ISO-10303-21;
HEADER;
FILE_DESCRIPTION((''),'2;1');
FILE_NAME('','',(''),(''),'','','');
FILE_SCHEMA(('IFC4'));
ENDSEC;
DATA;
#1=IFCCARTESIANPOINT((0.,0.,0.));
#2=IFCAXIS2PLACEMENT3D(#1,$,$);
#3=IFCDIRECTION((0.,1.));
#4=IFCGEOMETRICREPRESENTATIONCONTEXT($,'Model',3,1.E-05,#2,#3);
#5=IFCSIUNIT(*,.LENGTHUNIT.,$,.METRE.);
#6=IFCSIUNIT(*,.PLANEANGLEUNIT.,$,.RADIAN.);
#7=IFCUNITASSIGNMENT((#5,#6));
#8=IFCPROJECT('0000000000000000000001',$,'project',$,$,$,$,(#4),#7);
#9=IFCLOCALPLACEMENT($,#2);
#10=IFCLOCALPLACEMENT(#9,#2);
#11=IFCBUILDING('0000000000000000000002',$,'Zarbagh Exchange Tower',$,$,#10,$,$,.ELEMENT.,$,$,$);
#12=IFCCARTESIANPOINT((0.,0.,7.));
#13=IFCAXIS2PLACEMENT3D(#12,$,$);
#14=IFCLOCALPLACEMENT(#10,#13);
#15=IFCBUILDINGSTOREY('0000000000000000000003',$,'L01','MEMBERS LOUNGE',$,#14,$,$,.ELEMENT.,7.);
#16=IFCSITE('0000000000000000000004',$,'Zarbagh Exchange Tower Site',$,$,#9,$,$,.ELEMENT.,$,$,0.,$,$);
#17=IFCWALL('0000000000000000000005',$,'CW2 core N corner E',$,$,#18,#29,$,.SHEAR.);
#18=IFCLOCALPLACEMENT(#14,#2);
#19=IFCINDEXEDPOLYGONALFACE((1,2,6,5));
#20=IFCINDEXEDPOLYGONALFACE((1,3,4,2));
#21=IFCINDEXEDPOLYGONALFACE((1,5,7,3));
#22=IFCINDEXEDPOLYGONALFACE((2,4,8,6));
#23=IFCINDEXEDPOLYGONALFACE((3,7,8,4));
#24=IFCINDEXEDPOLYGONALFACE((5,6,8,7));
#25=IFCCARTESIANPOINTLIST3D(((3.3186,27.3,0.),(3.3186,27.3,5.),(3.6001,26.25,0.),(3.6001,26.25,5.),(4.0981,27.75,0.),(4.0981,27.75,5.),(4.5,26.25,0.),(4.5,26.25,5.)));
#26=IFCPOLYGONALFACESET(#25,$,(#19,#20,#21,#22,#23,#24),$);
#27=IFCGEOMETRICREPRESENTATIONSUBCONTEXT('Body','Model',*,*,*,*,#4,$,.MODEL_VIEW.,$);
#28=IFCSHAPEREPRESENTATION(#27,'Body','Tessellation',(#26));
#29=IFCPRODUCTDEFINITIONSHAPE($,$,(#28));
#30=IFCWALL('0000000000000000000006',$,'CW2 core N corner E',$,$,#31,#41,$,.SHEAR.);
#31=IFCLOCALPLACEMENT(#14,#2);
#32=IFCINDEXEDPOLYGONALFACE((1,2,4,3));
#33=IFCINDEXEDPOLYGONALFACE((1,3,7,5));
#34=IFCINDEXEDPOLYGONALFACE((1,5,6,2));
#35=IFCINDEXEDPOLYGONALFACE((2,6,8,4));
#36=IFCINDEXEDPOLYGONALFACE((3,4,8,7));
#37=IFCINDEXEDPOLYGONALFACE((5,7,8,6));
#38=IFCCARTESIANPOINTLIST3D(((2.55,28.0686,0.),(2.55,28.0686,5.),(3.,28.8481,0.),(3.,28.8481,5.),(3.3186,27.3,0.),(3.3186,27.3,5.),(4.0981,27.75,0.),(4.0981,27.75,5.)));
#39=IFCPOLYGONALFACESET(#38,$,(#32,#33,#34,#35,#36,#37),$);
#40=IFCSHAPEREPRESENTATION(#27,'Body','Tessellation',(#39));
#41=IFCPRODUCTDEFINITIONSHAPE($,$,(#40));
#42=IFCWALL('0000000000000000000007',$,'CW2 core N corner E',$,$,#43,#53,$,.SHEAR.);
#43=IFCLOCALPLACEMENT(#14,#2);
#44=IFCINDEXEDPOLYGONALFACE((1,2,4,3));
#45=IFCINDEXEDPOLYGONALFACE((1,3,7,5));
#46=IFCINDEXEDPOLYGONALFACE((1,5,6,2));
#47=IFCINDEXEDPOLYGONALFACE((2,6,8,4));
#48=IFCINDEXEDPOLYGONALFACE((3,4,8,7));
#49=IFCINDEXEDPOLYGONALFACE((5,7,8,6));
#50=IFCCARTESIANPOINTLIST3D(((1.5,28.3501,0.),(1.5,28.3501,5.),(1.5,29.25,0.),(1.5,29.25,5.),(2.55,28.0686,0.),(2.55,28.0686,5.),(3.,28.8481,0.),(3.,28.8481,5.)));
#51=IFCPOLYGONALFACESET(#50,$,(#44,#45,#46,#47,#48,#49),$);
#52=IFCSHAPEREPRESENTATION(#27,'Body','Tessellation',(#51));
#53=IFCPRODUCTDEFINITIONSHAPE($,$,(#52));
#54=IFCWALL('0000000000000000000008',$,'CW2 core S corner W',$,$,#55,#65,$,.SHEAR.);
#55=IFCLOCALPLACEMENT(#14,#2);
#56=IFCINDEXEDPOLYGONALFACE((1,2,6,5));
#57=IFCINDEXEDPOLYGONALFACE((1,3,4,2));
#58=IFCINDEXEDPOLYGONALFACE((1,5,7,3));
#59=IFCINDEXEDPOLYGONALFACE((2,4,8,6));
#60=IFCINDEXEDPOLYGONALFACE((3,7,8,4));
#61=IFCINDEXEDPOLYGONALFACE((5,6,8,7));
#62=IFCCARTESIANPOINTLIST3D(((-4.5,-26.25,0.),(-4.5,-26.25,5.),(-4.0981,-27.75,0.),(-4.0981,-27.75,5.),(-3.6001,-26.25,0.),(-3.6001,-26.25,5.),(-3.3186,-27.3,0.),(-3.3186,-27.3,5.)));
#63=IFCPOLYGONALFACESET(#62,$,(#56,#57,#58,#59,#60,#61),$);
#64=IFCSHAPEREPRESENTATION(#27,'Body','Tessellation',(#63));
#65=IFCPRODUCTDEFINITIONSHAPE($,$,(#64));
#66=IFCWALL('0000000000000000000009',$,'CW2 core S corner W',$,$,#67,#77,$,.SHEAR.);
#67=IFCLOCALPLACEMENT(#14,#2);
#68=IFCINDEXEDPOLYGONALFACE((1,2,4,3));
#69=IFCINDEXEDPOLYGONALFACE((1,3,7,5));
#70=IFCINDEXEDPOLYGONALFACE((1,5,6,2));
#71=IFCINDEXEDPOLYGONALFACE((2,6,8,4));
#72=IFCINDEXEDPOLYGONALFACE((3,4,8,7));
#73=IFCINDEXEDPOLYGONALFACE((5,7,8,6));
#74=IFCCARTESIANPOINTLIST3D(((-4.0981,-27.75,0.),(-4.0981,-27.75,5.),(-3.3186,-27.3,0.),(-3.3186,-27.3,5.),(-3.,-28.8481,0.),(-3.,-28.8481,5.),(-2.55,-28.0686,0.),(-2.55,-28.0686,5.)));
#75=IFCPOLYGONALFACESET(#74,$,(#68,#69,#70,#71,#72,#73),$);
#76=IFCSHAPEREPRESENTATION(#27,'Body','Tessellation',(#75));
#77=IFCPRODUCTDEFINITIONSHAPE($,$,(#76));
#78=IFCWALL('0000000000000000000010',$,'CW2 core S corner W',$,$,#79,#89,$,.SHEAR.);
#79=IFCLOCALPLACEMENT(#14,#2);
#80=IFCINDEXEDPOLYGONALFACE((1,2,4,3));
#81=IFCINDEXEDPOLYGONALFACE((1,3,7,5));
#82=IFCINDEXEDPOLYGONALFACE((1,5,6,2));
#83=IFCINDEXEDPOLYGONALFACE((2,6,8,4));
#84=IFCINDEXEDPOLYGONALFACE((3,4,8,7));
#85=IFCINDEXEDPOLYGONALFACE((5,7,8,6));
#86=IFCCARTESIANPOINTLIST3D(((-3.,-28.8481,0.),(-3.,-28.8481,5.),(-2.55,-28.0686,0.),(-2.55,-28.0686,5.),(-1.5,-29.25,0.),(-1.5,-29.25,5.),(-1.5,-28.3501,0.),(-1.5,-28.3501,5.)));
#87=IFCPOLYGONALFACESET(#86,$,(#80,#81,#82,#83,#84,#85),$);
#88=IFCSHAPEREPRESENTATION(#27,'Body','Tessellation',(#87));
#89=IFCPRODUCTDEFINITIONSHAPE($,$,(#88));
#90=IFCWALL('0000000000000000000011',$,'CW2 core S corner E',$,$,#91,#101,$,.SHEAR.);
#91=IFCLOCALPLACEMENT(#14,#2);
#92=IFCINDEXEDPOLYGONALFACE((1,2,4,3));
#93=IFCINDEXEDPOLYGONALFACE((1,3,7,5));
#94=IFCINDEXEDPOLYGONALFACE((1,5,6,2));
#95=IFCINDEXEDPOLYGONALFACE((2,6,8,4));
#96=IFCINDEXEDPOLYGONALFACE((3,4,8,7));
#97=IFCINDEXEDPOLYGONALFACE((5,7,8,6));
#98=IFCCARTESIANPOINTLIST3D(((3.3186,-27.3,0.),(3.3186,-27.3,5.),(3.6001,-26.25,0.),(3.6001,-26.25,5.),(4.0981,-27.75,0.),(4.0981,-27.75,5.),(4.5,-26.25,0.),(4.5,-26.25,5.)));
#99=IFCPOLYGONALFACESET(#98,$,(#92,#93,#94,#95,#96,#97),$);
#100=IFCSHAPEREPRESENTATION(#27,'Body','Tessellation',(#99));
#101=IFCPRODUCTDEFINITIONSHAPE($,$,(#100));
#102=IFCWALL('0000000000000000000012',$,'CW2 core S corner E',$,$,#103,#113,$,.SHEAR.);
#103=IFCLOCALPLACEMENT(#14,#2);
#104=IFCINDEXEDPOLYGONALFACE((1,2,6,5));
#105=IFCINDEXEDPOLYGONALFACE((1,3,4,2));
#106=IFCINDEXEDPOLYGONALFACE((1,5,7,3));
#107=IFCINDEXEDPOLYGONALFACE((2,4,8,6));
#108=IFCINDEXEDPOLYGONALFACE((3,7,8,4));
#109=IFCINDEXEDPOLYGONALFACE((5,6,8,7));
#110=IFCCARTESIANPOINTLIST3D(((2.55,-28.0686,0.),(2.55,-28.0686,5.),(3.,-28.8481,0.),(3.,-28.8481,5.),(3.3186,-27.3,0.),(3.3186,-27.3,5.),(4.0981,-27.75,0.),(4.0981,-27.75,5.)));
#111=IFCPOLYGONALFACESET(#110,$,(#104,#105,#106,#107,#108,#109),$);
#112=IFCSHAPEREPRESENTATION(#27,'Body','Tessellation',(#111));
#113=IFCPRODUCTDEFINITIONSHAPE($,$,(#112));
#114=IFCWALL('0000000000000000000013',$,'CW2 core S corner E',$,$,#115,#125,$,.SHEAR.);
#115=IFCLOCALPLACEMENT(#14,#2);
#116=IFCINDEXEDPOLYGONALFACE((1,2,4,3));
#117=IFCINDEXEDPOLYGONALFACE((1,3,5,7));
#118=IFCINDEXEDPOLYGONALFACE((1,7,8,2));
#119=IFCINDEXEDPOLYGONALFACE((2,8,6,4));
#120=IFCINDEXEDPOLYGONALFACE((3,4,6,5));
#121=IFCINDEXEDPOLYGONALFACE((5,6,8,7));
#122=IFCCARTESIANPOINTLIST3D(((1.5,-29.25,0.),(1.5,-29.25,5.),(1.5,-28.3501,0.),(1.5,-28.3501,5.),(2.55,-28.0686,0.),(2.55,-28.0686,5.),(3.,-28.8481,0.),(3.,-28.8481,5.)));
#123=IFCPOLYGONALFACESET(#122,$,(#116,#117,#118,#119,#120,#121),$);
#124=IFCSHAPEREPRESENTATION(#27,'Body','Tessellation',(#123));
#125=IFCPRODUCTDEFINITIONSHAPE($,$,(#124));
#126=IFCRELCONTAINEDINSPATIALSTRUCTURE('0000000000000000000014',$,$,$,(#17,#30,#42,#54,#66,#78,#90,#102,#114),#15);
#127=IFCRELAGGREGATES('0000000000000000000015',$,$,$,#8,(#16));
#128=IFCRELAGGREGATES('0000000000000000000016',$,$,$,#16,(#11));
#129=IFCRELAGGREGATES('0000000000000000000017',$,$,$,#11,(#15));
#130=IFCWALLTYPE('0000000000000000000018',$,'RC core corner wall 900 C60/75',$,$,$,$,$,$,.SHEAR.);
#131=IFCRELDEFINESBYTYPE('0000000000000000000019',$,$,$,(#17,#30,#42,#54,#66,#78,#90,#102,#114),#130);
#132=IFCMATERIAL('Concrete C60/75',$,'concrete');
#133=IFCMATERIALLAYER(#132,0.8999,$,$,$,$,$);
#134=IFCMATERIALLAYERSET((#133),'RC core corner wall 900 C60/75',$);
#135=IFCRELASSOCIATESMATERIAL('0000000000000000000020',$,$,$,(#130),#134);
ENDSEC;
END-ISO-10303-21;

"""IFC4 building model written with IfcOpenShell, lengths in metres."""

from ifc_helpers import new_model, si_unit, direction, frame, origin, place, context, subcontext, project, spatial, polyline, outline, extrude, material, layer, layer_set, type_object, element, save


model = new_model("IFC4")

# Units and contexts
model_context = context("Model", 3, precision=1e-05, world=origin(), true_north=direction((0.0, 1.0)))
body_context = subcontext(model_context, "Body", "Model", "MODEL_VIEW")
ifc_project = project(units=[si_unit("LENGTHUNIT", "METRE"), si_unit("PLANEANGLEUNIT", "RADIAN")], contexts=[model_context])

# Site, building, storey
site_placement = place(None, origin())
site = spatial("IfcSite", under=ifc_project, at=site_placement, Name="Zarbagh Exchange Tower Site", CompositionType="ELEMENT", RefElevation=0.0)
building_placement = place(site_placement, origin())
building = spatial("IfcBuilding", under=site, at=building_placement, Name="Zarbagh Exchange Tower", CompositionType="ELEMENT")
storey_placement = place(building_placement, frame((0.0, 0.0, 7.0)))
storey = spatial("IfcBuildingStorey", under=building, at=storey_placement, Name="L01", Description="MEMBERS LOUNGE", CompositionType="ELEMENT", Elevation=7.0)

# Shared definitions
ifc_material_1 = material(Name="Concrete C60/75", Category="concrete")

# Walls
ifc_layer_1 = layer(ifc_material_1, 0.8999)
ifc_layer_set_1 = layer_set([ifc_layer_1], Name="RC core corner wall 900 C60/75")
wall_type_1 = type_object("IfcWallType", Name="RC core corner wall 900 C60/75", PredefinedType="SHEAR", material=ifc_layer_set_1)
wall_1_placement = place(storey_placement, origin())
element("IfcWall", 1, at=wall_1_placement, inside=storey, type_object=wall_type_1, Name="CW2 core N corner E", PredefinedType="SHEAR", context=body_context, shape_type="SweptSolid", body=[
    extrude(outline(polyline([(4.5, 26.25), (4.0981, 27.75), (3.3186, 27.3), (3.6001, 26.25), (4.5, 26.25)])), origin(), (0.0, 0.0, 1.0), 5.0),
])
wall_2_placement = place(storey_placement, origin())
element("IfcWall", 2, at=wall_2_placement, inside=storey, type_object=wall_type_1, Name="CW2 core N corner E", PredefinedType="SHEAR", context=body_context, shape_type="SweptSolid", body=[
    extrude(outline(polyline([(4.0981, 27.75), (3.0, 28.8481), (2.55, 28.0686), (3.3186, 27.3), (4.0981, 27.75)])), origin(), (0.0, 0.0, 1.0), 5.0),
])
wall_3_placement = place(storey_placement, origin())
element("IfcWall", 3, at=wall_3_placement, inside=storey, type_object=wall_type_1, Name="CW2 core N corner E", PredefinedType="SHEAR", context=body_context, shape_type="SweptSolid", body=[
    extrude(outline(polyline([(3.0, 28.8481), (1.5, 29.25), (1.5, 28.3501), (2.55, 28.0686), (3.0, 28.8481)])), origin(), (0.0, 0.0, 1.0), 5.0),
])
wall_4_placement = place(storey_placement, origin())
element("IfcWall", 4, at=wall_4_placement, inside=storey, type_object=wall_type_1, Name="CW2 core S corner W", PredefinedType="SHEAR", context=body_context, shape_type="SweptSolid", body=[
    extrude(outline(polyline([(-4.5, -26.25), (-4.0981, -27.75), (-3.3186, -27.3), (-3.6001, -26.25), (-4.5, -26.25)])), origin(), (0.0, 0.0, 1.0), 5.0),
])
wall_5_placement = place(storey_placement, origin())
element("IfcWall", 5, at=wall_5_placement, inside=storey, type_object=wall_type_1, Name="CW2 core S corner W", PredefinedType="SHEAR", context=body_context, shape_type="SweptSolid", body=[
    extrude(outline(polyline([(-4.0981, -27.75), (-3.0, -28.8481), (-2.55, -28.0686), (-3.3186, -27.3), (-4.0981, -27.75)])), origin(), (0.0, 0.0, 1.0), 5.0),
])
wall_6_placement = place(storey_placement, origin())
element("IfcWall", 6, at=wall_6_placement, inside=storey, type_object=wall_type_1, Name="CW2 core S corner W", PredefinedType="SHEAR", context=body_context, shape_type="SweptSolid", body=[
    extrude(outline(polyline([(-3.0, -28.8481), (-1.5, -29.25), (-1.5, -28.3501), (-2.55, -28.0686), (-3.0, -28.8481)])), origin(), (0.0, 0.0, 1.0), 5.0),
])
wall_7_placement = place(storey_placement, origin())
element("IfcWall", 7, at=wall_7_placement, inside=storey, type_object=wall_type_1, Name="CW2 core S corner E", PredefinedType="SHEAR", context=body_context, shape_type="SweptSolid", body=[
    extrude(outline(polyline([(4.5, -26.25), (4.0981, -27.75), (3.3186, -27.3), (3.6001, -26.25), (4.5, -26.25)])), origin(), (0.0, 0.0, 1.0), 5.0),
])
wall_8_placement = place(storey_placement, origin())
element("IfcWall", 8, at=wall_8_placement, inside=storey, type_object=wall_type_1, Name="CW2 core S corner E", PredefinedType="SHEAR", context=body_context, shape_type="SweptSolid", body=[
    extrude(outline(polyline([(4.0981, -27.75), (3.0, -28.8481), (2.55, -28.0686), (3.3186, -27.3), (4.0981, -27.75)])), origin(), (0.0, 0.0, 1.0), 5.0),
])
wall_9_placement = place(storey_placement, origin())
element("IfcWall", 9, at=wall_9_placement, inside=storey, type_object=wall_type_1, Name="CW2 core S corner E", PredefinedType="SHEAR", context=body_context, shape_type="SweptSolid", body=[
    extrude(outline(polyline([(3.0, -28.8481), (1.5, -29.25), (1.5, -28.3501), (2.55, -28.0686), (3.0, -28.8481)])), origin(), (0.0, 0.0, 1.0), 5.0),
])

save(model, "model.ifc")
